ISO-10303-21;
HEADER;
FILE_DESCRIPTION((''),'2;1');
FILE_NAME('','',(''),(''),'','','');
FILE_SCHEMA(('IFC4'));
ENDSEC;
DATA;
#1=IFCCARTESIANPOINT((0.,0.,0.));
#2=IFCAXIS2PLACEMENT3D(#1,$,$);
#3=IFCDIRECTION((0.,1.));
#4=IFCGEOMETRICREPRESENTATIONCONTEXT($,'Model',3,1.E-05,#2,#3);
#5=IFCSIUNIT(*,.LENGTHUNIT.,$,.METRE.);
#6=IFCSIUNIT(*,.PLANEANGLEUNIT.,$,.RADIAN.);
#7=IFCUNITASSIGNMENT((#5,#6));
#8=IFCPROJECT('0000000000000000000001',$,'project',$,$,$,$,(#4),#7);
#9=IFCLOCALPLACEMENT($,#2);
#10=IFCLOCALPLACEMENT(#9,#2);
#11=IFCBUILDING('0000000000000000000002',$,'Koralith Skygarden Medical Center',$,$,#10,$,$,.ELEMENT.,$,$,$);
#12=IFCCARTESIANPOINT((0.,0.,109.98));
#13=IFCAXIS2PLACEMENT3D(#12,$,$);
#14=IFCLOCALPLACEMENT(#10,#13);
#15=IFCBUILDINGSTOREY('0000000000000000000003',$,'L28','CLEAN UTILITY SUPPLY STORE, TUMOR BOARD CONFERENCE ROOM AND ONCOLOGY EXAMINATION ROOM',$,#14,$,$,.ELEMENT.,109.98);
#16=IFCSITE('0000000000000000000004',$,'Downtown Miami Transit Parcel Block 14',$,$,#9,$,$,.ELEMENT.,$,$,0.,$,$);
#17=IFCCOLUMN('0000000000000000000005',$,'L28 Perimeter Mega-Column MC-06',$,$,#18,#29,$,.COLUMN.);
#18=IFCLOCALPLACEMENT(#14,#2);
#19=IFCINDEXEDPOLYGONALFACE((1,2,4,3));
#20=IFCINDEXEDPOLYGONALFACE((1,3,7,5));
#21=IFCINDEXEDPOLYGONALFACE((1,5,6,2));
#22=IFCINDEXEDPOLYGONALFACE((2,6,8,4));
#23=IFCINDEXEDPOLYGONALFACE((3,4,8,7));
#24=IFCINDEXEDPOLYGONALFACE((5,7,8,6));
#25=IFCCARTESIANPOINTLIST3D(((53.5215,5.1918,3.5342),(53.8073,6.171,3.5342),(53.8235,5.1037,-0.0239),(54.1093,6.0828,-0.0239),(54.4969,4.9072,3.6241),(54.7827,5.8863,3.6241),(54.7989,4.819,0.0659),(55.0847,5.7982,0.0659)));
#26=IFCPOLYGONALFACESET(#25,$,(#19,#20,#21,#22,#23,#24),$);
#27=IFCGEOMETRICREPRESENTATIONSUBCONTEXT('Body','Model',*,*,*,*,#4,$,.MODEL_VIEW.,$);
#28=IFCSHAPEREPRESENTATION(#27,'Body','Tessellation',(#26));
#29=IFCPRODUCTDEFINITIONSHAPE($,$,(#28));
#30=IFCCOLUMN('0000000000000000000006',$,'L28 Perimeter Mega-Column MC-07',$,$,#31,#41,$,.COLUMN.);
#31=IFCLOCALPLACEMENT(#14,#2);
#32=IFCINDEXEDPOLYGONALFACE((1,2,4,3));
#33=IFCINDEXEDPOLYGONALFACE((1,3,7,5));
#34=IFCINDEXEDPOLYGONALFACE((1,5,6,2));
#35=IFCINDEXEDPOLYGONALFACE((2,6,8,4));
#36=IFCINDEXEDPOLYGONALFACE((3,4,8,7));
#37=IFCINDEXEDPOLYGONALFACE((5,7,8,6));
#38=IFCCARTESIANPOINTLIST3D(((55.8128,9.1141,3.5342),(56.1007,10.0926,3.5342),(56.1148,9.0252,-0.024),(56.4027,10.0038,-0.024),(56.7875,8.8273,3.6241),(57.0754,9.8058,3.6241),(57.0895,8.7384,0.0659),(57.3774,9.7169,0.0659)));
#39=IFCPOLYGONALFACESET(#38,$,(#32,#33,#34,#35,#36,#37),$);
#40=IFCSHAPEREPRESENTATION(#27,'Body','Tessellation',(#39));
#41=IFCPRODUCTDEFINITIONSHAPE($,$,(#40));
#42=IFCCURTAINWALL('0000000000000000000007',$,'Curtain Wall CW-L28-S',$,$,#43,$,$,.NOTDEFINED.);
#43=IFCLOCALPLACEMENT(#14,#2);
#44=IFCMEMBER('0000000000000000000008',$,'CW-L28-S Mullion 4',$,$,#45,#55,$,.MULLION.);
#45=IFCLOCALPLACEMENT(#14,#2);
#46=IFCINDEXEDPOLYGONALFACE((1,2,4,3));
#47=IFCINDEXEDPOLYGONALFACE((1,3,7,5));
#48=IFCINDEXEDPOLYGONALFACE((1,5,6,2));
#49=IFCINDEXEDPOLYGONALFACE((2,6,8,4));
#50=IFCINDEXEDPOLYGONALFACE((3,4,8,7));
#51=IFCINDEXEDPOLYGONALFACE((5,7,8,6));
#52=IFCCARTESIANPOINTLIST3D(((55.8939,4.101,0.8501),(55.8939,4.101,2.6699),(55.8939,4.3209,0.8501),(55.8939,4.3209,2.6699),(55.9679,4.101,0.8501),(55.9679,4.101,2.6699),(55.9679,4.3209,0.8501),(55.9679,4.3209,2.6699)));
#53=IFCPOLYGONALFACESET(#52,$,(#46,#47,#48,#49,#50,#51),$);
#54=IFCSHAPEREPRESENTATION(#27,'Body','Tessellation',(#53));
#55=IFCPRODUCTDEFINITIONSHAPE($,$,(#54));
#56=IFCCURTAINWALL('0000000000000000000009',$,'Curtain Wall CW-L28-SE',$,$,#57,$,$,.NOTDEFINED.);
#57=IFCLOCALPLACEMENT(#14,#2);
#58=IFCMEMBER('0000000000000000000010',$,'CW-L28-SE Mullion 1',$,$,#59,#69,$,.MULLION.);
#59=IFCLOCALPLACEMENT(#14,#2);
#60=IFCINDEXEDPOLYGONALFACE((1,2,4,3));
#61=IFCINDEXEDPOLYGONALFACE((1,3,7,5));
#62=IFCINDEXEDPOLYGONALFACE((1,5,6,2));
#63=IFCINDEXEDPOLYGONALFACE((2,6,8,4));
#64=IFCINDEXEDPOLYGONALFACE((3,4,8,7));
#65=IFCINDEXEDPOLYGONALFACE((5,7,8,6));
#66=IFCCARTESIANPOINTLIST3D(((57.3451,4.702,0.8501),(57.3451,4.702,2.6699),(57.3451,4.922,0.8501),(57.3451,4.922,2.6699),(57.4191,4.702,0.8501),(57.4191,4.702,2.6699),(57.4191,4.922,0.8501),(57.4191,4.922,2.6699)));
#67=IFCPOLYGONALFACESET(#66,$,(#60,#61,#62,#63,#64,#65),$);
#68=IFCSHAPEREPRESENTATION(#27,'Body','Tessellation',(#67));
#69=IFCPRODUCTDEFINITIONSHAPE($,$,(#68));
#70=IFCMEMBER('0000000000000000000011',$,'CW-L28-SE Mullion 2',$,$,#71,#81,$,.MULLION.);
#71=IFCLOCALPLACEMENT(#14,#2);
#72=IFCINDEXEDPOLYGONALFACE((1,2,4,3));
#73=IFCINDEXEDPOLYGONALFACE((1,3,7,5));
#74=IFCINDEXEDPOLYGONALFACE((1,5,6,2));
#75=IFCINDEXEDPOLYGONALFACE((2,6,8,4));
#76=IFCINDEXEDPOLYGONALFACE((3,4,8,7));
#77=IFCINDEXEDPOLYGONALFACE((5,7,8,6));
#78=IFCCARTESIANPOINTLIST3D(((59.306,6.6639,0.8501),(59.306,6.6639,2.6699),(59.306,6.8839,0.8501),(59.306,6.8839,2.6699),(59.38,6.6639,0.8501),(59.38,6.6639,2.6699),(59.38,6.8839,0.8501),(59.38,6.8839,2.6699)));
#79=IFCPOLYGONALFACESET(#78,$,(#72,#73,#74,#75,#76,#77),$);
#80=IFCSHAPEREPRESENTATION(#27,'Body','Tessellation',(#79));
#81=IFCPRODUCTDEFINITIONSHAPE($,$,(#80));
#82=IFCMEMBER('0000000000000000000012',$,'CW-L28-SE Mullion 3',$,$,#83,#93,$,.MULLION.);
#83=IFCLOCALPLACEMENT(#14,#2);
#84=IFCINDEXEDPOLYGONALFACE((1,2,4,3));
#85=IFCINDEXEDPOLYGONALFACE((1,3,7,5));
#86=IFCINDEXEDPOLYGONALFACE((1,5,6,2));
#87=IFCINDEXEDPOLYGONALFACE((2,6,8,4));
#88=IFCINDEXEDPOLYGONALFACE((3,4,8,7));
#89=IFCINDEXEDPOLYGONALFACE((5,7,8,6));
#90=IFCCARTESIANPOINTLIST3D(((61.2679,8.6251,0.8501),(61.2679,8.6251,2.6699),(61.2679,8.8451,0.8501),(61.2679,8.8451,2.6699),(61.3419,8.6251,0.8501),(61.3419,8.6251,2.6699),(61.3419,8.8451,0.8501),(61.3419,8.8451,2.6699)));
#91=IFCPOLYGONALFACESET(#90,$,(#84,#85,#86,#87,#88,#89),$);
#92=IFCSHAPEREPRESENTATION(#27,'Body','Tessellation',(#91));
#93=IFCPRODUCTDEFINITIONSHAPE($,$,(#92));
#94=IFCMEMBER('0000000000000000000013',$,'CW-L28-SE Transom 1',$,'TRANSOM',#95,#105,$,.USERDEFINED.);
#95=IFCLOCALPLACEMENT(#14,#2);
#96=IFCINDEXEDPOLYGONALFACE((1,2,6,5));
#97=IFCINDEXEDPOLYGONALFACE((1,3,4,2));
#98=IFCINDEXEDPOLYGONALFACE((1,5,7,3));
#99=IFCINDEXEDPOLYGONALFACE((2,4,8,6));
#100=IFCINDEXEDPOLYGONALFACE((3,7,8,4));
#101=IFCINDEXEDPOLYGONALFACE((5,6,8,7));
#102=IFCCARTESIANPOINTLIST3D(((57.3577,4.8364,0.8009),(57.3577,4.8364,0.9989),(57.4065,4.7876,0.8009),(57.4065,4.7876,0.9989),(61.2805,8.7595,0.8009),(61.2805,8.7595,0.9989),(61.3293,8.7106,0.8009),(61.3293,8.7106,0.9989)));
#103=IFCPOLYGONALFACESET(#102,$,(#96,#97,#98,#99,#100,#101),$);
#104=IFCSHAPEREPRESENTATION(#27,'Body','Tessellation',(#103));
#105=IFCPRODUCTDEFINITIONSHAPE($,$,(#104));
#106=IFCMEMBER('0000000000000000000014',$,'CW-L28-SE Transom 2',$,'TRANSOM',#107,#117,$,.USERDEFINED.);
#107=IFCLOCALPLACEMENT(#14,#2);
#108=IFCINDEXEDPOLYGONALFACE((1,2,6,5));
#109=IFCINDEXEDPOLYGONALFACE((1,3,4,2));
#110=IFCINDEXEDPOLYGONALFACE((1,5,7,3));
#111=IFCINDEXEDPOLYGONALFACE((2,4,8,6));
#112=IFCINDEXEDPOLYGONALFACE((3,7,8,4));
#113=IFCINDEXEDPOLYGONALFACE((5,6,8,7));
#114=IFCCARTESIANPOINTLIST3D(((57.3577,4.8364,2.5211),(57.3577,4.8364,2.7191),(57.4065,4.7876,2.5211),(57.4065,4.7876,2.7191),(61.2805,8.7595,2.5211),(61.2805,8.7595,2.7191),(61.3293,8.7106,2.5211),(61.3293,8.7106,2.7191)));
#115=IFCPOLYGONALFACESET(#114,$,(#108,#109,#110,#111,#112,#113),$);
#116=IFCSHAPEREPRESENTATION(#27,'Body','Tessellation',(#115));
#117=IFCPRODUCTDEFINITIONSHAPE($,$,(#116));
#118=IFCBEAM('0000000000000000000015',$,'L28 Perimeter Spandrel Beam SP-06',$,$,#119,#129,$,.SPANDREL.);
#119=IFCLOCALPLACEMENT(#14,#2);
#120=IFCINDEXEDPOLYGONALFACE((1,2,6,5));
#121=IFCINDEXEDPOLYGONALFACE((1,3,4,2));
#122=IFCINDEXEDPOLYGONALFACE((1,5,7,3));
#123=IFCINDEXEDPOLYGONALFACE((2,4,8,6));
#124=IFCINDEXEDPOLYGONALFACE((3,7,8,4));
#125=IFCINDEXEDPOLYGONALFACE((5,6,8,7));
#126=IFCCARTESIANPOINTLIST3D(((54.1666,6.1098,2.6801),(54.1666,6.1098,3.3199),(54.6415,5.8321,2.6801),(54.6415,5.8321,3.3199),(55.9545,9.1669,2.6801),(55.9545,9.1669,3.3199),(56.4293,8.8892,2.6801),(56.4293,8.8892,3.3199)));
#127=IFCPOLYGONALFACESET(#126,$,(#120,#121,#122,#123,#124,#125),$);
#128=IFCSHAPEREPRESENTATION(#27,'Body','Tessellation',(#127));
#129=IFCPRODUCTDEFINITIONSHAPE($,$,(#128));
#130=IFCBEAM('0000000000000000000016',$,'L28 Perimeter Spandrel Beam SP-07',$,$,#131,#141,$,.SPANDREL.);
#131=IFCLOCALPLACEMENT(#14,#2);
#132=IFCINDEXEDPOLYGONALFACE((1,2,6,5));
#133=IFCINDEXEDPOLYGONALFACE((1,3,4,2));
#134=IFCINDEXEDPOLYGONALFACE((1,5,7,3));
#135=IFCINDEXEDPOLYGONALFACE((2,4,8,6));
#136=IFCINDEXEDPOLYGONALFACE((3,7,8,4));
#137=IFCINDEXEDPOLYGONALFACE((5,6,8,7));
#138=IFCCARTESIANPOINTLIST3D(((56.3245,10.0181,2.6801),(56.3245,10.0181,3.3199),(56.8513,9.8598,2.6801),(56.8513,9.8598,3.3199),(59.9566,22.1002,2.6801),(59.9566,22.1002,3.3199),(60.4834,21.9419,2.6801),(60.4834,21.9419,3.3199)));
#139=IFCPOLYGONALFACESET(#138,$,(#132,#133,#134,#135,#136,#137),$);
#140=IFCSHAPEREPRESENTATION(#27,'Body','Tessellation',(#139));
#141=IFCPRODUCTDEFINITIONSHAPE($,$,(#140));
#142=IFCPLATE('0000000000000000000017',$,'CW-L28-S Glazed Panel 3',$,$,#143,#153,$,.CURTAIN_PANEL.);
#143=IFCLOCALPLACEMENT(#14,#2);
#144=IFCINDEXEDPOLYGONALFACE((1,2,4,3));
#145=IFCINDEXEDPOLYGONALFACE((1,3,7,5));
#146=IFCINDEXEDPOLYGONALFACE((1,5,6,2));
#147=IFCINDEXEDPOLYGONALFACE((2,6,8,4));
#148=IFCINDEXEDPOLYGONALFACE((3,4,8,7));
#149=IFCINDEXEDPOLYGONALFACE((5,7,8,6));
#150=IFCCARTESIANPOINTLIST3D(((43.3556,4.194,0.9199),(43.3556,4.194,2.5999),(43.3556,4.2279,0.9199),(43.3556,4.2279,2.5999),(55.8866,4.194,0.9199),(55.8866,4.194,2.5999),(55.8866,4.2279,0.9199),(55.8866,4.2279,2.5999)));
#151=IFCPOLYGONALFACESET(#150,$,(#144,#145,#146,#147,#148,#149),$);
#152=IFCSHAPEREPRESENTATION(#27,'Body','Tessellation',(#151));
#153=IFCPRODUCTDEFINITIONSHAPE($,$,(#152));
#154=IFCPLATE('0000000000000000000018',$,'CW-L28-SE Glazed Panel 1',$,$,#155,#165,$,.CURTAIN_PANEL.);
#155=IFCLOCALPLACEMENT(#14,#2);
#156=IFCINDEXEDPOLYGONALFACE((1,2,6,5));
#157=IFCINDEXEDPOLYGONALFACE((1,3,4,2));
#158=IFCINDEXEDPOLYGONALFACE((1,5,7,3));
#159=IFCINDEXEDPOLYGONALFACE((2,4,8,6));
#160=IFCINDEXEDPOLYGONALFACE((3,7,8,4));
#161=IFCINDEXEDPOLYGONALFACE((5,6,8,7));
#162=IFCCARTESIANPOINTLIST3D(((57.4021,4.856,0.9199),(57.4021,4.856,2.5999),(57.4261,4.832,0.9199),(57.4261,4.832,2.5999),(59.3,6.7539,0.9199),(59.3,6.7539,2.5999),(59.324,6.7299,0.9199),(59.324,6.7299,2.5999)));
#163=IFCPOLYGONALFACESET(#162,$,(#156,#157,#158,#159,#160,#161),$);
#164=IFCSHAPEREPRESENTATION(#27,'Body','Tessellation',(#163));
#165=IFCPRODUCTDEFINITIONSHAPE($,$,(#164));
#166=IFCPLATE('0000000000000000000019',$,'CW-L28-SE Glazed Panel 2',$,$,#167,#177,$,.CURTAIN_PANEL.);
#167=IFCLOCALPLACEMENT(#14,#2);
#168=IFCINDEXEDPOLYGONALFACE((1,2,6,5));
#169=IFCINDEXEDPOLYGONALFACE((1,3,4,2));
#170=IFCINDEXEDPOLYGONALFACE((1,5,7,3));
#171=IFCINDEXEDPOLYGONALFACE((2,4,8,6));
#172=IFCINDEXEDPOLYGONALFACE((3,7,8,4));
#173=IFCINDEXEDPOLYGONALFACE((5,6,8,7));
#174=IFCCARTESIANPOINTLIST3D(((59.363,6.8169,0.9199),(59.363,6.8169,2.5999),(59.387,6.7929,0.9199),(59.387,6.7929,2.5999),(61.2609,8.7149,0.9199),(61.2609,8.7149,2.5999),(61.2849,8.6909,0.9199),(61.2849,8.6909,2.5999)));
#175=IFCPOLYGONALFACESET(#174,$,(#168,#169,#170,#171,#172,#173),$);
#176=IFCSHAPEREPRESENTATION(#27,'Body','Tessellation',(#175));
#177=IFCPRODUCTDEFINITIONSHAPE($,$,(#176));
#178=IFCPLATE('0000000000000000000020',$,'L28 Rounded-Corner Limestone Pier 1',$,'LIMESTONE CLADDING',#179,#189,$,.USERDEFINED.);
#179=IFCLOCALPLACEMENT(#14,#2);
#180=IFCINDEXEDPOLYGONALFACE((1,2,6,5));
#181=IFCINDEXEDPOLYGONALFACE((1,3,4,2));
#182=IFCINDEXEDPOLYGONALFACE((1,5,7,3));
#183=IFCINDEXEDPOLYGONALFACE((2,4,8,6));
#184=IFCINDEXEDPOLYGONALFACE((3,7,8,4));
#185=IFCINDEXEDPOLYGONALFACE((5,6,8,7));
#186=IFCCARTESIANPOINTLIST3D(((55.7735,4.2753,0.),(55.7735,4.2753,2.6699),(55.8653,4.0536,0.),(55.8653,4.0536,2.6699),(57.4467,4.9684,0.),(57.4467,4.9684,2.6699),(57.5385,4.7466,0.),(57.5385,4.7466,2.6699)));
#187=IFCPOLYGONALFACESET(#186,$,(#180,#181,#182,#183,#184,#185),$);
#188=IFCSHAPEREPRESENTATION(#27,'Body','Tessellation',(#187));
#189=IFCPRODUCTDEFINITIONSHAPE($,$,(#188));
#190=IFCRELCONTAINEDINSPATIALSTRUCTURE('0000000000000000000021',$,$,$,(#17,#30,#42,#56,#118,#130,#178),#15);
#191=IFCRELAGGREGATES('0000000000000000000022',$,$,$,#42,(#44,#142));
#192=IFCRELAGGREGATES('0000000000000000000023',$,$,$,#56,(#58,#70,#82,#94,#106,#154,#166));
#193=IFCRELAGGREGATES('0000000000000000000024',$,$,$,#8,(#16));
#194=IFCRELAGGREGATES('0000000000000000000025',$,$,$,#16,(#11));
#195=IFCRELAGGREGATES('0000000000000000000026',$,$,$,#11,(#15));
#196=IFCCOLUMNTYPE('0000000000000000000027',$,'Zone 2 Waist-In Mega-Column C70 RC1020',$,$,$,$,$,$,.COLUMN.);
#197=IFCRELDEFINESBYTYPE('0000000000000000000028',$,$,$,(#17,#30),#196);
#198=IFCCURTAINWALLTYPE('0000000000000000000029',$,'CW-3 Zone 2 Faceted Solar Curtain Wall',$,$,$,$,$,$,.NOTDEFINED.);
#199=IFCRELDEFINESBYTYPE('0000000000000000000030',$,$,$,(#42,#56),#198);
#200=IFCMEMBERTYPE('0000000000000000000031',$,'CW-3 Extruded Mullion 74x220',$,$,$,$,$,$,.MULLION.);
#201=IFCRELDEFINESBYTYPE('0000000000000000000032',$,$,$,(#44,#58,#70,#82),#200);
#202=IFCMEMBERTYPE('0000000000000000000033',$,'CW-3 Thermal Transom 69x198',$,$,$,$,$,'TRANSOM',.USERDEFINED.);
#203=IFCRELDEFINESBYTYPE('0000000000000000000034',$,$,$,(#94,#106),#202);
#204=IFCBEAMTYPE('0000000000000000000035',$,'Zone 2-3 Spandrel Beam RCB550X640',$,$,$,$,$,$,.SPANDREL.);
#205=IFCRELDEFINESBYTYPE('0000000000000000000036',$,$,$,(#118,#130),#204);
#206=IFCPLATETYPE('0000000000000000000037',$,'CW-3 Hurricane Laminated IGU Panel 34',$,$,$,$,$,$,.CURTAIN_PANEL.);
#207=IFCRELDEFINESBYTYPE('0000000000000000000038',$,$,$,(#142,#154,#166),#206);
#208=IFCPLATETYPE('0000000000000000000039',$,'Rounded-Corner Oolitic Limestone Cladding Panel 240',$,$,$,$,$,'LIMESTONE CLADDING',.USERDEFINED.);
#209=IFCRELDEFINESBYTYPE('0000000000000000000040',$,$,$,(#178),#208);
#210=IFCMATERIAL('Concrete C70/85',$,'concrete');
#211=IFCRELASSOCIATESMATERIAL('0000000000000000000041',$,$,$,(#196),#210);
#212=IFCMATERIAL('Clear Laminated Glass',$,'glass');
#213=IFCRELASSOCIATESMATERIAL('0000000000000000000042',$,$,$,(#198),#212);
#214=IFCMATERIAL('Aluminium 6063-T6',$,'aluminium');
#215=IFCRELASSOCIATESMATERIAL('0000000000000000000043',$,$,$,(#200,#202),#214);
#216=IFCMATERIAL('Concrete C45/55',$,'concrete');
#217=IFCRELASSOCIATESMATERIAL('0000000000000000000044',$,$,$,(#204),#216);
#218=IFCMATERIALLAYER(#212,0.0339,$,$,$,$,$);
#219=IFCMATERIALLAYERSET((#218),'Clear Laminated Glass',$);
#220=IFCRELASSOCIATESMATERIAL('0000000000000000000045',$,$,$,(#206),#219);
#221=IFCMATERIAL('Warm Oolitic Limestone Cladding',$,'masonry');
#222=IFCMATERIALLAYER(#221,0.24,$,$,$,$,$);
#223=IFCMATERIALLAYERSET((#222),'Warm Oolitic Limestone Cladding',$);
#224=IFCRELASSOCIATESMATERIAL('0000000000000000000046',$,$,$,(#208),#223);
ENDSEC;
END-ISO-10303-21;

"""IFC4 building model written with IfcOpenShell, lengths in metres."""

from ifc_helpers import new_model, si_unit, direction, frame, origin, origin_2d, place, context, subcontext, project, spatial, rectangle, extrude, material, layer, layer_set, material_profile, profile_set, type_object, element, aggregate, save


model = new_model("IFC4")

# Units and contexts
model_context = context("Model", 3, precision=1e-05, world=origin(), true_north=direction((0.0, 1.0)))
body_context = subcontext(model_context, "Body", "Model", "MODEL_VIEW")
ifc_project = project(units=[si_unit("LENGTHUNIT", "METRE"), si_unit("PLANEANGLEUNIT", "RADIAN")], contexts=[model_context])

# Site, building, storey
site_placement = place(None, origin())
site = spatial("IfcSite", under=ifc_project, at=site_placement, Name="Downtown Miami Transit Parcel Block 14", CompositionType="ELEMENT", RefElevation=0.0)
building_placement = place(site_placement, origin())
building = spatial("IfcBuilding", under=site, at=building_placement, Name="Koralith Skygarden Medical Center", CompositionType="ELEMENT")
storey_placement = place(building_placement, frame((0.0, 0.0, 109.98)))
storey = spatial("IfcBuildingStorey", under=building, at=storey_placement, Name="L28", Description="CLEAN UTILITY SUPPLY STORE, TUMOR BOARD CONFERENCE ROOM AND ONCOLOGY EXAMINATION ROOM", CompositionType="ELEMENT", Elevation=109.98)

# Columns
ifc_material_1 = material(Name="Concrete C70/85", Category="concrete")
ifc_material_profile_1 = material_profile(ifc_material_1, rectangle(XDim=1.02, YDim=1.02, at=origin_2d()), Name="RC1020X1020")
ifc_profile_set_1 = profile_set([ifc_material_profile_1], Name="Concrete C70/85")
column_type = type_object("IfcColumnType", Name="Zone 2 Waist-In Mega-Column C70 RC1020", PredefinedType="COLUMN", material=ifc_profile_set_1)
for number, where, z_axis, x_axis, name in (
    (1, (54.4541, 5.4509, 0.021), (-0.084547, 0.024674, 0.996114), (-0.280149, -0.959957, 0.0), "L28 Perimeter Mega-Column MC-06"),
    (2, (56.7461, 9.3711, 0.021), (-0.084547, 0.024879, 0.996109), (-0.282292, -0.959328, 0.0), "L28 Perimeter Mega-Column MC-07"),
):
    element("IfcColumn", number, at=place(storey_placement, frame(where, z_axis=z_axis, x_axis=x_axis)), inside=storey, type_object=column_type, Name=name, PredefinedType="COLUMN", context=body_context, shape_type="SweptSolid", body=[
        extrude(rectangle(XDim=1.02, YDim=1.02, at=origin_2d()), origin(), (0.0, 0.0, 1.0), 3.572),
    ])

# Curtain wall, member
ifc_material_2 = material(Name="Clear Laminated Glass", Category="glass")
curtain_wall_type = type_object("IfcCurtainWallType", Name="CW-3 Zone 2 Faceted Solar Curtain Wall", PredefinedType="NOTDEFINED", material=ifc_material_2)
curtain_wall_1_placement = place(storey_placement, origin())
curtain_wall_1 = element("IfcCurtainWall", 3, at=curtain_wall_1_placement, inside=storey, type_object=curtain_wall_type, Name="Curtain Wall CW-L28-S", PredefinedType="NOTDEFINED")
ifc_material_3 = material(Name="Aluminium 6063-T6", Category="aluminium")
ifc_material_profile_2 = material_profile(ifc_material_3, rectangle(XDim=0.074, YDim=0.22, at=origin_2d()), Name="MUL74X220")
ifc_profile_set_2 = profile_set([ifc_material_profile_2], Name="Aluminium 6063-T6")
member_type_1 = type_object("IfcMemberType", Name="CW-3 Extruded Mullion 74x220", PredefinedType="MULLION", material=ifc_profile_set_2)
member_1_placement = place(storey_placement, frame((55.9309, 4.2109, 0.8501), z_axis=(0.0, 0.0, 1.0), x_axis=(1.0, 0.0, 0.0)))
member_1 = element("IfcMember", 4, at=member_1_placement, type_object=member_type_1, Name="CW-L28-S Mullion 4", PredefinedType="MULLION", context=body_context, shape_type="SweptSolid", body=[
    extrude(rectangle(XDim=0.074, YDim=0.22, at=origin_2d()), origin(), (0.0, 0.0, 1.0), 1.8198),
])

# Curtain wall, members
curtain_wall_2_placement = place(storey_placement, origin())
curtain_wall_2 = element("IfcCurtainWall", 5, at=curtain_wall_2_placement, inside=storey, type_object=curtain_wall_type, Name="Curtain Wall CW-L28-SE", PredefinedType="NOTDEFINED")
member_2_placement = place(storey_placement, frame((57.3821, 4.812, 0.8501), z_axis=(0.0, 0.0, 1.0), x_axis=(1.0, 0.0, 0.0)))
member_2 = element("IfcMember", 6, at=member_2_placement, type_object=member_type_1, Name="CW-L28-SE Mullion 1", PredefinedType="MULLION", context=body_context, shape_type="SweptSolid", body=[
    extrude(rectangle(XDim=0.074, YDim=0.22, at=origin_2d()), origin(), (0.0, 0.0, 1.0), 1.8198),
])
member_3_placement = place(storey_placement, frame((59.343, 6.7739, 0.8501), z_axis=(0.0, 0.0, 1.0), x_axis=(1.0, 0.0, 0.0)))
member_3 = element("IfcMember", 7, at=member_3_placement, type_object=member_type_1, Name="CW-L28-SE Mullion 2", PredefinedType="MULLION", context=body_context, shape_type="SweptSolid", body=[
    extrude(rectangle(XDim=0.074, YDim=0.22, at=origin_2d()), origin(), (0.0, 0.0, 1.0), 1.8198),
])
member_4_placement = place(storey_placement, frame((61.3049, 8.7351, 0.8501), z_axis=(0.0, 0.0, 1.0), x_axis=(1.0, 0.0, 0.0)))
member_4 = element("IfcMember", 8, at=member_4_placement, type_object=member_type_1, Name="CW-L28-SE Mullion 3", PredefinedType="MULLION", context=body_context, shape_type="SweptSolid", body=[
    extrude(rectangle(XDim=0.074, YDim=0.22, at=origin_2d()), origin(), (0.0, 0.0, 1.0), 1.8198),
])
ifc_material_profile_3 = material_profile(ifc_material_3, rectangle(XDim=0.0691, YDim=0.198, at=origin_2d()), Name="TRN69X198")
ifc_profile_set_3 = profile_set([ifc_material_profile_3], Name="Aluminium 6063-T6")
member_type_2 = type_object("IfcMemberType", Name="CW-3 Thermal Transom 69x198", ElementType="TRANSOM", PredefinedType="USERDEFINED", material=ifc_profile_set_3)
member_5_placement = place(storey_placement, frame((57.3821, 4.812, 0.8999), z_axis=(0.707085, 0.707129, 0.0), x_axis=(-0.707129, 0.707085, 0.0)))
member_5 = element("IfcMember", 9, at=member_5_placement, type_object=member_type_2, Name="CW-L28-SE Transom 1", ObjectType="TRANSOM", PredefinedType="USERDEFINED", context=body_context, shape_type="SweptSolid", body=[
    extrude(rectangle(XDim=0.0691, YDim=0.198, at=origin_2d()), origin(), (0.0, 0.0, 1.0), 5.5479),
])
member_6_placement = place(storey_placement, frame((57.3821, 4.812, 2.6201), z_axis=(0.707085, 0.707129, 0.0), x_axis=(-0.707129, 0.707085, 0.0)))
member_6 = element("IfcMember", 10, at=member_6_placement, type_object=member_type_2, Name="CW-L28-SE Transom 2", ObjectType="TRANSOM", PredefinedType="USERDEFINED", context=body_context, shape_type="SweptSolid", body=[
    extrude(rectangle(XDim=0.0691, YDim=0.198, at=origin_2d()), origin(), (0.0, 0.0, 1.0), 5.5479),
])

# Beams
ifc_material_4 = material(Name="Concrete C45/55", Category="concrete")
ifc_material_profile_4 = material_profile(ifc_material_4, rectangle(XDim=0.55, YDim=0.6399, at=origin_2d()), Name="RCB550X640")
ifc_profile_set_4 = profile_set([ifc_material_profile_4], Name="Concrete C45/55")
beam_type = type_object("IfcBeamType", Name="Zone 2-3 Spandrel Beam RCB550X640", PredefinedType="SPANDREL", material=ifc_profile_set_4)
beam_1_placement = place(storey_placement, frame((54.4041, 5.9709, 3.0), z_axis=(0.504822, 0.863223, 0.0), x_axis=(-0.863223, 0.504822, 0.0)))
element("IfcBeam", 11, at=beam_1_placement, inside=storey, type_object=beam_type, Name="L28 Perimeter Spandrel Beam SP-06", PredefinedType="SPANDREL", context=body_context, shape_type="SweptSolid", body=[
    extrude(rectangle(XDim=0.55, YDim=0.6399, at=origin_2d()), origin(), (0.0, 0.0, 1.0), 3.5415),
])
beam_2_placement = place(storey_placement, frame((56.5879, 9.939, 3.0), z_axis=(0.287891, 0.957663, 0.0), x_axis=(-0.957663, 0.287891, 0.0)))
element("IfcBeam", 12, at=beam_2_placement, inside=storey, type_object=beam_type, Name="L28 Perimeter Spandrel Beam SP-07", PredefinedType="SPANDREL", context=body_context, shape_type="SweptSolid", body=[
    extrude(rectangle(XDim=0.55, YDim=0.6399, at=origin_2d()), origin(), (0.0, 0.0, 1.0), 12.6162),
])

# Plates
ifc_layer_1 = layer(ifc_material_2, 0.0339)
ifc_layer_set_1 = layer_set([ifc_layer_1], Name="Clear Laminated Glass")
plate_type_1 = type_object("IfcPlateType", Name="CW-3 Hurricane Laminated IGU Panel 34", PredefinedType="CURTAIN_PANEL", material=ifc_layer_set_1)
plate_1_placement = place(storey_placement, frame((49.6211, 4.2109, 0.9199), z_axis=(0.0, 0.0, 1.0), x_axis=(1.0, 0.0, 0.0)))
plate_1 = element("IfcPlate", 13, at=plate_1_placement, type_object=plate_type_1, Name="CW-L28-S Glazed Panel 3", PredefinedType="CURTAIN_PANEL", context=body_context, shape_type="SweptSolid", body=[
    extrude(rectangle(XDim=12.531, YDim=0.0339, at=origin_2d()), origin(), (0.0, 0.0, 1.0), 1.6799),
])
aggregate(curtain_wall_1, [member_1, plate_1])
plate_2_placement = place(storey_placement, frame((58.363, 5.793, 0.9199), z_axis=(0.0, 0.0, 1.0), x_axis=(0.707107, 0.707107, 0.0)))
plate_2 = element("IfcPlate", 14, at=plate_2_placement, type_object=plate_type_1, Name="CW-L28-SE Glazed Panel 1", PredefinedType="CURTAIN_PANEL", context=body_context, shape_type="SweptSolid", body=[
    extrude(rectangle(XDim=2.6841, YDim=0.0339, at=origin_2d()), origin(), (0.0, 0.0, 1.0), 1.6799),
])
plate_3_placement = place(storey_placement, frame((60.324, 7.7539, 0.9199), z_axis=(0.0, 0.0, 1.0), x_axis=(0.707107, 0.707107, 0.0)))
plate_3 = element("IfcPlate", 15, at=plate_3_placement, type_object=plate_type_1, Name="CW-L28-SE Glazed Panel 2", PredefinedType="CURTAIN_PANEL", context=body_context, shape_type="SweptSolid", body=[
    extrude(rectangle(XDim=2.6841, YDim=0.0339, at=origin_2d()), origin(), (0.0, 0.0, 1.0), 1.6799),
])
aggregate(curtain_wall_2, [member_2, member_3, member_4, member_5, member_6, plate_2, plate_3])

# Plate
ifc_material_5 = material(Name="Warm Oolitic Limestone Cladding", Category="masonry")
ifc_layer_2 = layer(ifc_material_5, 0.24)
ifc_layer_set_2 = layer_set([ifc_layer_2], Name="Warm Oolitic Limestone Cladding")
plate_type_2 = type_object("IfcPlateType", Name="Rounded-Corner Oolitic Limestone Cladding Panel 240", ElementType="LIMESTONE CLADDING", PredefinedType="USERDEFINED", material=ifc_layer_set_2)
for number, where, z_axis, x_axis, name in (
    (16, (56.656, 4.511, 0.0), (0.0, 0.0, 1.0), (0.923885, 0.382671, 0.0), "L28 Rounded-Corner Limestone Pier 1"),
):
    element("IfcPlate", number, at=place(storey_placement, frame(where, z_axis=z_axis, x_axis=x_axis)), inside=storey, type_object=plate_type_2, Name=name, ObjectType="LIMESTONE CLADDING", PredefinedType="USERDEFINED", context=body_context, shape_type="SweptSolid", body=[
        extrude(rectangle(XDim=1.811, YDim=0.24, at=origin_2d()), origin(), (0.0, 0.0, 1.0), 2.6699),
    ])

save(model, "model.ifc")
